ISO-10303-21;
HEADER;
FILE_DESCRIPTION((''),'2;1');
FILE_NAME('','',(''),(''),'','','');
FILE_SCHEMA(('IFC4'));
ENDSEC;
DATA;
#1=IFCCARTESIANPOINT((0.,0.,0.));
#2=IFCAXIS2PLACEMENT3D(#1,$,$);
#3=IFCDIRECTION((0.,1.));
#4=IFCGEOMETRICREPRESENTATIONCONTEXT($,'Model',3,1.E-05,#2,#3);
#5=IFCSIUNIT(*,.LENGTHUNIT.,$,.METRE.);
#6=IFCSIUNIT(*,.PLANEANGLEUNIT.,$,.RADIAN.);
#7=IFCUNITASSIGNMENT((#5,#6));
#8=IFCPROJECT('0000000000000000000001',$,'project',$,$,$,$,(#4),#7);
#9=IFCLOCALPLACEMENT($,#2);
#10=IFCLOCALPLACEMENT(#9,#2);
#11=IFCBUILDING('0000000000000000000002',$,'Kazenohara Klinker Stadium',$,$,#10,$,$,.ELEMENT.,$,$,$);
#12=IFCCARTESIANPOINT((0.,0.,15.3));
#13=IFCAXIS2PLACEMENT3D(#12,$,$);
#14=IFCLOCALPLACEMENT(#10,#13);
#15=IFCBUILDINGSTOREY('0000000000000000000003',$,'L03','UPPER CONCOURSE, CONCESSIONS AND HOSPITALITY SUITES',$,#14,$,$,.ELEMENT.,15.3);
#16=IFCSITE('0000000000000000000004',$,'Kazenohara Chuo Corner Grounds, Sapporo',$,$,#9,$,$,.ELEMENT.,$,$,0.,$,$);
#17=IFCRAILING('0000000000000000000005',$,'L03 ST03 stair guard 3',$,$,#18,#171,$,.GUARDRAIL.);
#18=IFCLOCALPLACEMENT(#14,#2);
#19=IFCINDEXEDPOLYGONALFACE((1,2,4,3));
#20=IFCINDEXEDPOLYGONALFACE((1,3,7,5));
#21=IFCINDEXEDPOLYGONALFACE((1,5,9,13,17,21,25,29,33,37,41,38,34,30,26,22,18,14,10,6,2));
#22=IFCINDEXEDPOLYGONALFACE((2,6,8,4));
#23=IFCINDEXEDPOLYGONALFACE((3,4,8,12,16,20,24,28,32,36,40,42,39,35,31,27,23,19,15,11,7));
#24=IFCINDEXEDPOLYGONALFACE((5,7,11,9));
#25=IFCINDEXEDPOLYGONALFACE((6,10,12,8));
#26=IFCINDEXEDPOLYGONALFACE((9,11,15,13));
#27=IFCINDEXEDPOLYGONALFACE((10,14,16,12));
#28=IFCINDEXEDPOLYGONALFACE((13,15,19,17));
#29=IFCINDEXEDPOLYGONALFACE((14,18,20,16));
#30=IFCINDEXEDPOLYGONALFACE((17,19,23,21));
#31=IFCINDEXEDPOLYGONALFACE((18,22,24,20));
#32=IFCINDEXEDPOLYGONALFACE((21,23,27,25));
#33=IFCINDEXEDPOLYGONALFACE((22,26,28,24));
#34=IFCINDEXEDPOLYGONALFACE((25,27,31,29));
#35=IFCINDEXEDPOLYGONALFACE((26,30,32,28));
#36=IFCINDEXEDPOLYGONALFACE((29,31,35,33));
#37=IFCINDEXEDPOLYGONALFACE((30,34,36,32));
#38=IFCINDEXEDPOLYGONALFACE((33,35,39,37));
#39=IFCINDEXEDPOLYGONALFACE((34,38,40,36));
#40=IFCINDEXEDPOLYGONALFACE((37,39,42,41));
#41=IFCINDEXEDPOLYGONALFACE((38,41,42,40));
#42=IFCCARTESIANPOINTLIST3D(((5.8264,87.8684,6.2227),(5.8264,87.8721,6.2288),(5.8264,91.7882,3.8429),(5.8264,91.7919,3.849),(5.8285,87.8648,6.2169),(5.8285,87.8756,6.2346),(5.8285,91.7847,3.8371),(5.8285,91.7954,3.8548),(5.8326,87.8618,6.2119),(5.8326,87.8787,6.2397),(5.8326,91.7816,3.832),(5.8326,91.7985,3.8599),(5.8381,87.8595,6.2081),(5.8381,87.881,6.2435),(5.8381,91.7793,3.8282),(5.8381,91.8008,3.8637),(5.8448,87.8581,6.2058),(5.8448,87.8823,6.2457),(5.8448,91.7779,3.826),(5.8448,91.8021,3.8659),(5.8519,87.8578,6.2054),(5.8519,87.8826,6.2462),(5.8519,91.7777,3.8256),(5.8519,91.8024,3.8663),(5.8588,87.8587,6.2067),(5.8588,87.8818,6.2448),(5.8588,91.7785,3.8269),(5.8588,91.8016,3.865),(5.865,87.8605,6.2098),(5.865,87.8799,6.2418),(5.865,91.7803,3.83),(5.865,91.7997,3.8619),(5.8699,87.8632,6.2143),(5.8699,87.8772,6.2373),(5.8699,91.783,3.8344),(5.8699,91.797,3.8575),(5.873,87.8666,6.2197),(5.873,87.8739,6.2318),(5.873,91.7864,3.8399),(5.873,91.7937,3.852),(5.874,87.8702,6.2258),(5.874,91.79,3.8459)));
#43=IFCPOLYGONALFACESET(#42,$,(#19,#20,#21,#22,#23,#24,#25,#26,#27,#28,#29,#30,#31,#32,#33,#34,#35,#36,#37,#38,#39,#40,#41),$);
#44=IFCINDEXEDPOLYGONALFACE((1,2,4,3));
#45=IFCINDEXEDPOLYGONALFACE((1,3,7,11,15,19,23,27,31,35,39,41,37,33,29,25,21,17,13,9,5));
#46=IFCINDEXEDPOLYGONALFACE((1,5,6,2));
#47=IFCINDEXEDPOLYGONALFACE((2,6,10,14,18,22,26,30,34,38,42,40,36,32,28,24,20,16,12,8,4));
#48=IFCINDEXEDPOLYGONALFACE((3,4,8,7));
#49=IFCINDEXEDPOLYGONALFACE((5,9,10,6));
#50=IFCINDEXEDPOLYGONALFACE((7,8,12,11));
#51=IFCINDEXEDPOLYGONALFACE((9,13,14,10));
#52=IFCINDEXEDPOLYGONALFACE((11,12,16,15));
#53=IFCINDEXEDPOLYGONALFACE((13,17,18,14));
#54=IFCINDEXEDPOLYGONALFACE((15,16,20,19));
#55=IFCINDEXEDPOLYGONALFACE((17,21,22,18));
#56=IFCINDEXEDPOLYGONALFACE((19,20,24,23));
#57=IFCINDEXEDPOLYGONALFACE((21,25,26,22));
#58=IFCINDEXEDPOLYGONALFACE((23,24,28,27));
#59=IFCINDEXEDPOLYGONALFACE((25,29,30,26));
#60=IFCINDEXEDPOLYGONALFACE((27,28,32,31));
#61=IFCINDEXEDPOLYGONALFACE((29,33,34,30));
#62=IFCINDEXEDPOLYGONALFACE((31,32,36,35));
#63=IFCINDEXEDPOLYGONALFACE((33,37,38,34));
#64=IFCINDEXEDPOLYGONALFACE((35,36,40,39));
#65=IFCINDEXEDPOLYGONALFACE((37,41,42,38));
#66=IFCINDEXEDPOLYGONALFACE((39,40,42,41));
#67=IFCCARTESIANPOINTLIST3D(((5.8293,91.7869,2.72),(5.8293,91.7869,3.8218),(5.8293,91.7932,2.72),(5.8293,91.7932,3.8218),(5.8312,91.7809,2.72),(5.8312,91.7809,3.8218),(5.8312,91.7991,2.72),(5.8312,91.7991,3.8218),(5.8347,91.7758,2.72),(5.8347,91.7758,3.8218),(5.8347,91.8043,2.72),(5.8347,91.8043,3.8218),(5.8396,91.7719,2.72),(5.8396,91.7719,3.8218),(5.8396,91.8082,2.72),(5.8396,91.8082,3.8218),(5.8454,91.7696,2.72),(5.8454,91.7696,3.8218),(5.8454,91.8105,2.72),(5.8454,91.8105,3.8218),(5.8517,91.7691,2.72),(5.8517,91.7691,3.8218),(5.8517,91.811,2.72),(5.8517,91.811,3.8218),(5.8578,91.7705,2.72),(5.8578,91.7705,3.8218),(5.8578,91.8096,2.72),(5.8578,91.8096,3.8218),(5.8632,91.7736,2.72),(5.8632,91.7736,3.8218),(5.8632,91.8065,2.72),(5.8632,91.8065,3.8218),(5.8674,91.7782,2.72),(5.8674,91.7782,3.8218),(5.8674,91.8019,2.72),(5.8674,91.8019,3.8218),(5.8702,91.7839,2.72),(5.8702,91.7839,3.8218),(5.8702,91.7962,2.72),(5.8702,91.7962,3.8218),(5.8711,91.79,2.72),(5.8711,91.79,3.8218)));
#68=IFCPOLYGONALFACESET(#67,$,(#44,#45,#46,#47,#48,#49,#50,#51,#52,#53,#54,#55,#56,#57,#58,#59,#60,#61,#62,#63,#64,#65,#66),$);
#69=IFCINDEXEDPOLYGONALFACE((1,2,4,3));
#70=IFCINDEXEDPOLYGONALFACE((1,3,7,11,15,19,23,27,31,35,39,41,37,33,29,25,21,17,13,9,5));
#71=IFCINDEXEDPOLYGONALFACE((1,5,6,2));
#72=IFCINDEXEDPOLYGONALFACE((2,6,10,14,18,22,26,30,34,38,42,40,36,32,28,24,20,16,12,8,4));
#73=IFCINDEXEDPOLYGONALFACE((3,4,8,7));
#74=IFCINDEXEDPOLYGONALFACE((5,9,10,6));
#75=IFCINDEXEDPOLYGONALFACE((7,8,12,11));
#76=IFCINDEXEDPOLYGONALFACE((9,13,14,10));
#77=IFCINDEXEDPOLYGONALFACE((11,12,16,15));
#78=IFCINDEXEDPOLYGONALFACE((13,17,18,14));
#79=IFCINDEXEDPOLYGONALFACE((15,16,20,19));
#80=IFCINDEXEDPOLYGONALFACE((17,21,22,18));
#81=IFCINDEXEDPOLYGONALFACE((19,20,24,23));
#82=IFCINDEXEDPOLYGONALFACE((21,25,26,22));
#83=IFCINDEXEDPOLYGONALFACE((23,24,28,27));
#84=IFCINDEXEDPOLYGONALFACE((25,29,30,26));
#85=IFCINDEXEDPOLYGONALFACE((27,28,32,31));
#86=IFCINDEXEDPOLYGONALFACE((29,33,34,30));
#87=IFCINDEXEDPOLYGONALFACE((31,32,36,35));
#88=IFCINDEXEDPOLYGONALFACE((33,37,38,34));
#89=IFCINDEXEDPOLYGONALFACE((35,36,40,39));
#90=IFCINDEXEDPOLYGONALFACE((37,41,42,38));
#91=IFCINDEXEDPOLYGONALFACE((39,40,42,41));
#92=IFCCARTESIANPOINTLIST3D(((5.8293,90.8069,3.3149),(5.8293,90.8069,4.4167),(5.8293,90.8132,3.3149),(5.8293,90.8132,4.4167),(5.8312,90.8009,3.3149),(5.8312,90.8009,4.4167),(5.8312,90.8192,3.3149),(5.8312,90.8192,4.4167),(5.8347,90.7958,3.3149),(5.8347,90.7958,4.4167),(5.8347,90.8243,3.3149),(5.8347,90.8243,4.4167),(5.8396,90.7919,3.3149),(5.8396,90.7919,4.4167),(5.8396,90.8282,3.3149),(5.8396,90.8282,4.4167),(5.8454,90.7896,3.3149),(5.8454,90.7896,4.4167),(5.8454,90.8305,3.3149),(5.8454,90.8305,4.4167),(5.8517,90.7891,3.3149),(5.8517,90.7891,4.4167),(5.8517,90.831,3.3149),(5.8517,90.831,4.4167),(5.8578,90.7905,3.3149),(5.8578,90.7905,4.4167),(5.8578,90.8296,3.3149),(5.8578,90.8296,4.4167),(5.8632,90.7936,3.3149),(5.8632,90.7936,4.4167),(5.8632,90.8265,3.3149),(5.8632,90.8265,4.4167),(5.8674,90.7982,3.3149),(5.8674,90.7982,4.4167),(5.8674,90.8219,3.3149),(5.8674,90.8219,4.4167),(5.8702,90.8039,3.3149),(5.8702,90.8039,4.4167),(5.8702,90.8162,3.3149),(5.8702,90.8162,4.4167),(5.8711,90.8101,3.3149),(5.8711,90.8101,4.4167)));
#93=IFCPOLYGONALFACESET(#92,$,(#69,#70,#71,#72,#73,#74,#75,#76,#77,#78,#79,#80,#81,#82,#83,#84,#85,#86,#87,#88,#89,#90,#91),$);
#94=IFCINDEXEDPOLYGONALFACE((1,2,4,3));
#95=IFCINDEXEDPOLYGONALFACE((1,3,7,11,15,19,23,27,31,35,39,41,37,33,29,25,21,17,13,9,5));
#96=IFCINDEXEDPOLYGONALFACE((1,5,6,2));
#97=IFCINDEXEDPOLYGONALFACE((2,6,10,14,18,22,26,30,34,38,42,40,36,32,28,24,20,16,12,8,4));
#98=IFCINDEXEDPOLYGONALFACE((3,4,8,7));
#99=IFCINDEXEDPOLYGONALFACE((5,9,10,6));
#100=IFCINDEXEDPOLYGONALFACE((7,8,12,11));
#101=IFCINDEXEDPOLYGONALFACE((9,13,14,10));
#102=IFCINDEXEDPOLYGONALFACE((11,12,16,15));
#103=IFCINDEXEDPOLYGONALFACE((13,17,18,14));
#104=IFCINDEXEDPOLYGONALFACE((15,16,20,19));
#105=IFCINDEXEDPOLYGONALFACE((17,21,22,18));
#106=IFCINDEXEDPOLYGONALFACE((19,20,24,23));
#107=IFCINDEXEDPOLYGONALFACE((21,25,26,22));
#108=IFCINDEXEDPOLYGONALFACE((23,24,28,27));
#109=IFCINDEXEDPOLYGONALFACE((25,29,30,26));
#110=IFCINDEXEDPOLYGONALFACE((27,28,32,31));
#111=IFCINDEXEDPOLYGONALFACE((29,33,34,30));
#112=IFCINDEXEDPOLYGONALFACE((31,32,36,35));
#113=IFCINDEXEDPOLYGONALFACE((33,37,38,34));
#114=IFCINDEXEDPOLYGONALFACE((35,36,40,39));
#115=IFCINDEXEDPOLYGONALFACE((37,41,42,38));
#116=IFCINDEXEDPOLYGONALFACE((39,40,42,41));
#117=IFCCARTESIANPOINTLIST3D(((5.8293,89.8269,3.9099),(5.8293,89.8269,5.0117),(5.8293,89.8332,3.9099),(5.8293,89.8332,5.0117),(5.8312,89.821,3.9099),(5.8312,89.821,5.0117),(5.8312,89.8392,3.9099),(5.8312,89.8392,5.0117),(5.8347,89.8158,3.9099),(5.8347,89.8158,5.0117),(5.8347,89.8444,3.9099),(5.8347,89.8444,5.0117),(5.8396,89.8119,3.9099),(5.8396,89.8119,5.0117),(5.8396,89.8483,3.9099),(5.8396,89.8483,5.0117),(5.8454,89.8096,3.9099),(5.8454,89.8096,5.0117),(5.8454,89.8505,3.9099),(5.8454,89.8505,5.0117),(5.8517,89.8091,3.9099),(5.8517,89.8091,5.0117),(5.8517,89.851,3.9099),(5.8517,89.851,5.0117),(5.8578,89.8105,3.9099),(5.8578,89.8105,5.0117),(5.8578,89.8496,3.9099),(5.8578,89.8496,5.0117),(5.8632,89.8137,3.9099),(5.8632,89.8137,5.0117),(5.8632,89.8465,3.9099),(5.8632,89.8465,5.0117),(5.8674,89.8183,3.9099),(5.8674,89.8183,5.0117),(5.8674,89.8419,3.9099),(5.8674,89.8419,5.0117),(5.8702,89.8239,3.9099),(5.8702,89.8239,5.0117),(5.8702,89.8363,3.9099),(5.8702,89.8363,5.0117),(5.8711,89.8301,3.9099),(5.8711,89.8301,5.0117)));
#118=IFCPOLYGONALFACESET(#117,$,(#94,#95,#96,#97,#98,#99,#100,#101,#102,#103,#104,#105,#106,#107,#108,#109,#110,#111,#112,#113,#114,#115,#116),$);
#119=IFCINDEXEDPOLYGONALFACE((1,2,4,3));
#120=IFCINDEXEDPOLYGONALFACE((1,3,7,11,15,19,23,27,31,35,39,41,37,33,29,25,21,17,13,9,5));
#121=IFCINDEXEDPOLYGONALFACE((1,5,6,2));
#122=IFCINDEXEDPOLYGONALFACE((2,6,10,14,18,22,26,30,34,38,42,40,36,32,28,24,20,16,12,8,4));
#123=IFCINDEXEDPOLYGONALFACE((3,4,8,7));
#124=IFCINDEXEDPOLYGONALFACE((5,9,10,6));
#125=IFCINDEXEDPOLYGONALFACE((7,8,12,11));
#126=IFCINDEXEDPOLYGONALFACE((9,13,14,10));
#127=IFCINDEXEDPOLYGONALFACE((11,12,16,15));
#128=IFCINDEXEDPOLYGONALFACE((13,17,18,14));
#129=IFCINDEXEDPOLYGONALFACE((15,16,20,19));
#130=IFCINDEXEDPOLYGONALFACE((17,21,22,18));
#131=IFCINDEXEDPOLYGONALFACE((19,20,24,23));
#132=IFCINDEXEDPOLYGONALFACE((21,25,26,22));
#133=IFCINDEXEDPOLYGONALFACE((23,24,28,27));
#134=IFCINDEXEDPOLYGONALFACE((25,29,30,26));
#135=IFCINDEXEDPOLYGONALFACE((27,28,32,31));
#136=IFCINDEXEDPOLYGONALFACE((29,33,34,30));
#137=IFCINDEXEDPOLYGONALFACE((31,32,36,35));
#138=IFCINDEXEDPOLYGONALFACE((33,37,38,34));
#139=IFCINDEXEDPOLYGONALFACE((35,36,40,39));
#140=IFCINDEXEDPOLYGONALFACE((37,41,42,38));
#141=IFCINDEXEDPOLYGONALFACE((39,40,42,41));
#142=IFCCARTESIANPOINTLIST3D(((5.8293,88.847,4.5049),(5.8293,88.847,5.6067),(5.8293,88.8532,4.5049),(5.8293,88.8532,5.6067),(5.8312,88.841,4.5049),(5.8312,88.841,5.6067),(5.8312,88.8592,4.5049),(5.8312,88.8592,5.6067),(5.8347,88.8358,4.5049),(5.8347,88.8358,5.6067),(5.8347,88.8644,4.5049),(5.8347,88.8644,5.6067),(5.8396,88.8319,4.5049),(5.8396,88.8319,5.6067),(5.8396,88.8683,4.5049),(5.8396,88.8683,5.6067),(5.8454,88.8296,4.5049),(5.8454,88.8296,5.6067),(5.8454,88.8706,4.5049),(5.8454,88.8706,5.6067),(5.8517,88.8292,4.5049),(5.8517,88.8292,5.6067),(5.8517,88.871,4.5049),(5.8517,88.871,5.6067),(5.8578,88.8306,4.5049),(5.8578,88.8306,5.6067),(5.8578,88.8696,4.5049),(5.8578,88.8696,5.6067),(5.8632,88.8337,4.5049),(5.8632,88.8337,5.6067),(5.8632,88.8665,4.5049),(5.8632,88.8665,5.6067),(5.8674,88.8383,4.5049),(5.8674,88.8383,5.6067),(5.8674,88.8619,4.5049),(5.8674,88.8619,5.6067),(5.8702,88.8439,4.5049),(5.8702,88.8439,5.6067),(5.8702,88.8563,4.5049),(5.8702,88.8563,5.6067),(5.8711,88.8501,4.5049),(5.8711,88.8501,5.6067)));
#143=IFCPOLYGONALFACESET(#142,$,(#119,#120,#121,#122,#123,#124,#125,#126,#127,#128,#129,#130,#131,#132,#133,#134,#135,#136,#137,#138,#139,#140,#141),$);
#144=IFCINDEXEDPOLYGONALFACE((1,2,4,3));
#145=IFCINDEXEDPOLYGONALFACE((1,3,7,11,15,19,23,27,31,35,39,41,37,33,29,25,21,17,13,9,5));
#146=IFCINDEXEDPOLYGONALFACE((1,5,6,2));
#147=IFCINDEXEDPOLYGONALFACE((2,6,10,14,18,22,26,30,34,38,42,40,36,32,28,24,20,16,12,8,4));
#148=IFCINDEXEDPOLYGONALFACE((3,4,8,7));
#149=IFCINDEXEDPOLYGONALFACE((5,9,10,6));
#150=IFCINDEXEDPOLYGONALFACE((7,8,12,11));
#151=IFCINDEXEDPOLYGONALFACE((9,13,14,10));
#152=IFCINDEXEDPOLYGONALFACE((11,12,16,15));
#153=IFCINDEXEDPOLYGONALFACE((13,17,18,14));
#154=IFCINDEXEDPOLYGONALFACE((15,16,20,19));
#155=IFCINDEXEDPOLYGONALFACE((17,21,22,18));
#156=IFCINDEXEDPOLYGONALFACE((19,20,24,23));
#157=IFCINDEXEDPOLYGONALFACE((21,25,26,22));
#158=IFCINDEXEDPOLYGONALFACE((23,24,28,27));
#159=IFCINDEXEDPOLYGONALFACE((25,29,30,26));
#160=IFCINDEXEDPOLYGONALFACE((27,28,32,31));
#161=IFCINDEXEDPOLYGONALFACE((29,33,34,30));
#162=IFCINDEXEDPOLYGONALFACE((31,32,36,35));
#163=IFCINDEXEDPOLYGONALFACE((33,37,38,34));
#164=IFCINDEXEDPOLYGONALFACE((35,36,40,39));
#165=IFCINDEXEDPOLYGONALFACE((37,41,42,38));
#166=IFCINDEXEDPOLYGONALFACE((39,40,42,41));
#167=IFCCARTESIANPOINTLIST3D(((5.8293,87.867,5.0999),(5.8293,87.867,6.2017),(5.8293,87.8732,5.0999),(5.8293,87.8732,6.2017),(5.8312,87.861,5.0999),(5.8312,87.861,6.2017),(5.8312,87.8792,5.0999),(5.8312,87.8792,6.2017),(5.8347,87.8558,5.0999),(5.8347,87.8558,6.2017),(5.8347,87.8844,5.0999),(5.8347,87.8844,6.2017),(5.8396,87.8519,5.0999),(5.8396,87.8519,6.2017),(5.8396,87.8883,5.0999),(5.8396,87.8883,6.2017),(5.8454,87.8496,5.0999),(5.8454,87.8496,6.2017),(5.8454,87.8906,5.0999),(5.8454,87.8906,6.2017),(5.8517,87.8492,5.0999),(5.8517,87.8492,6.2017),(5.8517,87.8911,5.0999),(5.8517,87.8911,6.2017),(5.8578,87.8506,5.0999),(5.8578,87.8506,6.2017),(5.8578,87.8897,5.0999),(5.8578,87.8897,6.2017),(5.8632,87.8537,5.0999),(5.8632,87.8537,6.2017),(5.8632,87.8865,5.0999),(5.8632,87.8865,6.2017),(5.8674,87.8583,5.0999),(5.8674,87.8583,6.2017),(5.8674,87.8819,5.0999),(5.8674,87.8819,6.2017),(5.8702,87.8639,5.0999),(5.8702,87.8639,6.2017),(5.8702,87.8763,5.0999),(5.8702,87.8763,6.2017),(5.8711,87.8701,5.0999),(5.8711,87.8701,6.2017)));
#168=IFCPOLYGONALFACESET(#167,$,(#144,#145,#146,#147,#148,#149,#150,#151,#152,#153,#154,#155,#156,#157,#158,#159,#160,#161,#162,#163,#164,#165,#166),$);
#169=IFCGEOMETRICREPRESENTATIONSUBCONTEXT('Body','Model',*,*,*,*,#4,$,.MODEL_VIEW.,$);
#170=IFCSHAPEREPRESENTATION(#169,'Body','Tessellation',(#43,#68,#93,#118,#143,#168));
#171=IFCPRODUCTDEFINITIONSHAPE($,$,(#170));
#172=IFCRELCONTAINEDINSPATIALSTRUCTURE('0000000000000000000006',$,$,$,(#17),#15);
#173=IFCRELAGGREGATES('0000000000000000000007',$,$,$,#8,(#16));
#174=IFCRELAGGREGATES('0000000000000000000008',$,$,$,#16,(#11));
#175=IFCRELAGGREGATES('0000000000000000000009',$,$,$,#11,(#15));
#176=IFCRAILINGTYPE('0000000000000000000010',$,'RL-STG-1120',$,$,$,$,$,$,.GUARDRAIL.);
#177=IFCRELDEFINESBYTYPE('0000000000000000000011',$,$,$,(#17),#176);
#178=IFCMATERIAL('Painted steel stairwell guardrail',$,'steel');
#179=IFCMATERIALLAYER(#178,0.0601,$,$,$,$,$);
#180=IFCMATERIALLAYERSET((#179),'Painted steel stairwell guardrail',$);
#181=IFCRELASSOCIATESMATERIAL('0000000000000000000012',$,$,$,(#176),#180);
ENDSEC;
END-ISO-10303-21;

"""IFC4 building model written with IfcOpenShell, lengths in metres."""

from ifc_helpers import new_model, si_unit, direction, frame, origin, origin_2d, place, context, subcontext, project, spatial, circle, extrude, material, layer, layer_set, type_object, element, save


model = new_model("IFC4")

# Units and contexts
model_context = context("Model", 3, precision=1e-05, world=origin(), true_north=direction((0.0, 1.0)))
body_context = subcontext(model_context, "Body", "Model", "MODEL_VIEW")
ifc_project = project(units=[si_unit("LENGTHUNIT", "METRE"), si_unit("PLANEANGLEUNIT", "RADIAN")], contexts=[model_context])

# Site, building, storey
site_placement = place(None, origin())
site = spatial("IfcSite", under=ifc_project, at=site_placement, Name="Kazenohara Chuo Corner Grounds, Sapporo", CompositionType="ELEMENT", RefElevation=0.0)
building_placement = place(site_placement, origin())
building = spatial("IfcBuilding", under=site, at=building_placement, Name="Kazenohara Klinker Stadium", CompositionType="ELEMENT")
storey_placement = place(building_placement, frame((0.0, 0.0, 15.3)))
storey = spatial("IfcBuildingStorey", under=building, at=storey_placement, Name="L03", Description="UPPER CONCOURSE, CONCESSIONS AND HOSPITALITY SUITES", CompositionType="ELEMENT", Elevation=15.3)

# Railing
ifc_material_1 = material(Name="Painted steel stairwell guardrail", Category="steel")
ifc_layer_1 = layer(ifc_material_1, 0.0601)
ifc_layer_set_1 = layer_set([ifc_layer_1], Name="Painted steel stairwell guardrail")
railing_type_1 = type_object("IfcRailingType", Name="RL-STG-1120", PredefinedType="GUARDRAIL", material=ifc_layer_set_1)
railing_1_placement = place(storey_placement, frame((5.8501, 91.79, 2.72)))
element("IfcRailing", 1, at=railing_1_placement, inside=storey, type_object=railing_type_1, Name="L03 ST03 stair guard 3", PredefinedType="GUARDRAIL", context=body_context, shape_type="SweptSolid", body=[
    extrude(circle(Radius=0.0239, at=origin_2d()), frame((0.0, 0.0, 1.126), z_axis=(0.0, -0.854794, 0.518967), x_axis=(1.0, 0.0, 0.0)), (0.0, 0.0, 1.0), 4.5857),
    extrude(circle(Radius=0.021, at=origin_2d()), origin(), (0.0, 0.0, 1.0), 1.1018),
    extrude(circle(Radius=0.021, at=origin_2d()), frame((0.0, -0.98, 0.595)), (0.0, 0.0, 1.0), 1.1018),
    extrude(circle(Radius=0.021, at=origin_2d()), frame((0.0, -1.96, 1.1899)), (0.0, 0.0, 1.0), 1.1018),
    extrude(circle(Radius=0.021, at=origin_2d()), frame((0.0, -2.9399, 1.7849)), (0.0, 0.0, 1.0), 1.1018),
    extrude(circle(Radius=0.021, at=origin_2d()), frame((0.0, -3.9199, 2.3799)), (0.0, 0.0, 1.0), 1.1018),
])

save(model, "model.ifc")
